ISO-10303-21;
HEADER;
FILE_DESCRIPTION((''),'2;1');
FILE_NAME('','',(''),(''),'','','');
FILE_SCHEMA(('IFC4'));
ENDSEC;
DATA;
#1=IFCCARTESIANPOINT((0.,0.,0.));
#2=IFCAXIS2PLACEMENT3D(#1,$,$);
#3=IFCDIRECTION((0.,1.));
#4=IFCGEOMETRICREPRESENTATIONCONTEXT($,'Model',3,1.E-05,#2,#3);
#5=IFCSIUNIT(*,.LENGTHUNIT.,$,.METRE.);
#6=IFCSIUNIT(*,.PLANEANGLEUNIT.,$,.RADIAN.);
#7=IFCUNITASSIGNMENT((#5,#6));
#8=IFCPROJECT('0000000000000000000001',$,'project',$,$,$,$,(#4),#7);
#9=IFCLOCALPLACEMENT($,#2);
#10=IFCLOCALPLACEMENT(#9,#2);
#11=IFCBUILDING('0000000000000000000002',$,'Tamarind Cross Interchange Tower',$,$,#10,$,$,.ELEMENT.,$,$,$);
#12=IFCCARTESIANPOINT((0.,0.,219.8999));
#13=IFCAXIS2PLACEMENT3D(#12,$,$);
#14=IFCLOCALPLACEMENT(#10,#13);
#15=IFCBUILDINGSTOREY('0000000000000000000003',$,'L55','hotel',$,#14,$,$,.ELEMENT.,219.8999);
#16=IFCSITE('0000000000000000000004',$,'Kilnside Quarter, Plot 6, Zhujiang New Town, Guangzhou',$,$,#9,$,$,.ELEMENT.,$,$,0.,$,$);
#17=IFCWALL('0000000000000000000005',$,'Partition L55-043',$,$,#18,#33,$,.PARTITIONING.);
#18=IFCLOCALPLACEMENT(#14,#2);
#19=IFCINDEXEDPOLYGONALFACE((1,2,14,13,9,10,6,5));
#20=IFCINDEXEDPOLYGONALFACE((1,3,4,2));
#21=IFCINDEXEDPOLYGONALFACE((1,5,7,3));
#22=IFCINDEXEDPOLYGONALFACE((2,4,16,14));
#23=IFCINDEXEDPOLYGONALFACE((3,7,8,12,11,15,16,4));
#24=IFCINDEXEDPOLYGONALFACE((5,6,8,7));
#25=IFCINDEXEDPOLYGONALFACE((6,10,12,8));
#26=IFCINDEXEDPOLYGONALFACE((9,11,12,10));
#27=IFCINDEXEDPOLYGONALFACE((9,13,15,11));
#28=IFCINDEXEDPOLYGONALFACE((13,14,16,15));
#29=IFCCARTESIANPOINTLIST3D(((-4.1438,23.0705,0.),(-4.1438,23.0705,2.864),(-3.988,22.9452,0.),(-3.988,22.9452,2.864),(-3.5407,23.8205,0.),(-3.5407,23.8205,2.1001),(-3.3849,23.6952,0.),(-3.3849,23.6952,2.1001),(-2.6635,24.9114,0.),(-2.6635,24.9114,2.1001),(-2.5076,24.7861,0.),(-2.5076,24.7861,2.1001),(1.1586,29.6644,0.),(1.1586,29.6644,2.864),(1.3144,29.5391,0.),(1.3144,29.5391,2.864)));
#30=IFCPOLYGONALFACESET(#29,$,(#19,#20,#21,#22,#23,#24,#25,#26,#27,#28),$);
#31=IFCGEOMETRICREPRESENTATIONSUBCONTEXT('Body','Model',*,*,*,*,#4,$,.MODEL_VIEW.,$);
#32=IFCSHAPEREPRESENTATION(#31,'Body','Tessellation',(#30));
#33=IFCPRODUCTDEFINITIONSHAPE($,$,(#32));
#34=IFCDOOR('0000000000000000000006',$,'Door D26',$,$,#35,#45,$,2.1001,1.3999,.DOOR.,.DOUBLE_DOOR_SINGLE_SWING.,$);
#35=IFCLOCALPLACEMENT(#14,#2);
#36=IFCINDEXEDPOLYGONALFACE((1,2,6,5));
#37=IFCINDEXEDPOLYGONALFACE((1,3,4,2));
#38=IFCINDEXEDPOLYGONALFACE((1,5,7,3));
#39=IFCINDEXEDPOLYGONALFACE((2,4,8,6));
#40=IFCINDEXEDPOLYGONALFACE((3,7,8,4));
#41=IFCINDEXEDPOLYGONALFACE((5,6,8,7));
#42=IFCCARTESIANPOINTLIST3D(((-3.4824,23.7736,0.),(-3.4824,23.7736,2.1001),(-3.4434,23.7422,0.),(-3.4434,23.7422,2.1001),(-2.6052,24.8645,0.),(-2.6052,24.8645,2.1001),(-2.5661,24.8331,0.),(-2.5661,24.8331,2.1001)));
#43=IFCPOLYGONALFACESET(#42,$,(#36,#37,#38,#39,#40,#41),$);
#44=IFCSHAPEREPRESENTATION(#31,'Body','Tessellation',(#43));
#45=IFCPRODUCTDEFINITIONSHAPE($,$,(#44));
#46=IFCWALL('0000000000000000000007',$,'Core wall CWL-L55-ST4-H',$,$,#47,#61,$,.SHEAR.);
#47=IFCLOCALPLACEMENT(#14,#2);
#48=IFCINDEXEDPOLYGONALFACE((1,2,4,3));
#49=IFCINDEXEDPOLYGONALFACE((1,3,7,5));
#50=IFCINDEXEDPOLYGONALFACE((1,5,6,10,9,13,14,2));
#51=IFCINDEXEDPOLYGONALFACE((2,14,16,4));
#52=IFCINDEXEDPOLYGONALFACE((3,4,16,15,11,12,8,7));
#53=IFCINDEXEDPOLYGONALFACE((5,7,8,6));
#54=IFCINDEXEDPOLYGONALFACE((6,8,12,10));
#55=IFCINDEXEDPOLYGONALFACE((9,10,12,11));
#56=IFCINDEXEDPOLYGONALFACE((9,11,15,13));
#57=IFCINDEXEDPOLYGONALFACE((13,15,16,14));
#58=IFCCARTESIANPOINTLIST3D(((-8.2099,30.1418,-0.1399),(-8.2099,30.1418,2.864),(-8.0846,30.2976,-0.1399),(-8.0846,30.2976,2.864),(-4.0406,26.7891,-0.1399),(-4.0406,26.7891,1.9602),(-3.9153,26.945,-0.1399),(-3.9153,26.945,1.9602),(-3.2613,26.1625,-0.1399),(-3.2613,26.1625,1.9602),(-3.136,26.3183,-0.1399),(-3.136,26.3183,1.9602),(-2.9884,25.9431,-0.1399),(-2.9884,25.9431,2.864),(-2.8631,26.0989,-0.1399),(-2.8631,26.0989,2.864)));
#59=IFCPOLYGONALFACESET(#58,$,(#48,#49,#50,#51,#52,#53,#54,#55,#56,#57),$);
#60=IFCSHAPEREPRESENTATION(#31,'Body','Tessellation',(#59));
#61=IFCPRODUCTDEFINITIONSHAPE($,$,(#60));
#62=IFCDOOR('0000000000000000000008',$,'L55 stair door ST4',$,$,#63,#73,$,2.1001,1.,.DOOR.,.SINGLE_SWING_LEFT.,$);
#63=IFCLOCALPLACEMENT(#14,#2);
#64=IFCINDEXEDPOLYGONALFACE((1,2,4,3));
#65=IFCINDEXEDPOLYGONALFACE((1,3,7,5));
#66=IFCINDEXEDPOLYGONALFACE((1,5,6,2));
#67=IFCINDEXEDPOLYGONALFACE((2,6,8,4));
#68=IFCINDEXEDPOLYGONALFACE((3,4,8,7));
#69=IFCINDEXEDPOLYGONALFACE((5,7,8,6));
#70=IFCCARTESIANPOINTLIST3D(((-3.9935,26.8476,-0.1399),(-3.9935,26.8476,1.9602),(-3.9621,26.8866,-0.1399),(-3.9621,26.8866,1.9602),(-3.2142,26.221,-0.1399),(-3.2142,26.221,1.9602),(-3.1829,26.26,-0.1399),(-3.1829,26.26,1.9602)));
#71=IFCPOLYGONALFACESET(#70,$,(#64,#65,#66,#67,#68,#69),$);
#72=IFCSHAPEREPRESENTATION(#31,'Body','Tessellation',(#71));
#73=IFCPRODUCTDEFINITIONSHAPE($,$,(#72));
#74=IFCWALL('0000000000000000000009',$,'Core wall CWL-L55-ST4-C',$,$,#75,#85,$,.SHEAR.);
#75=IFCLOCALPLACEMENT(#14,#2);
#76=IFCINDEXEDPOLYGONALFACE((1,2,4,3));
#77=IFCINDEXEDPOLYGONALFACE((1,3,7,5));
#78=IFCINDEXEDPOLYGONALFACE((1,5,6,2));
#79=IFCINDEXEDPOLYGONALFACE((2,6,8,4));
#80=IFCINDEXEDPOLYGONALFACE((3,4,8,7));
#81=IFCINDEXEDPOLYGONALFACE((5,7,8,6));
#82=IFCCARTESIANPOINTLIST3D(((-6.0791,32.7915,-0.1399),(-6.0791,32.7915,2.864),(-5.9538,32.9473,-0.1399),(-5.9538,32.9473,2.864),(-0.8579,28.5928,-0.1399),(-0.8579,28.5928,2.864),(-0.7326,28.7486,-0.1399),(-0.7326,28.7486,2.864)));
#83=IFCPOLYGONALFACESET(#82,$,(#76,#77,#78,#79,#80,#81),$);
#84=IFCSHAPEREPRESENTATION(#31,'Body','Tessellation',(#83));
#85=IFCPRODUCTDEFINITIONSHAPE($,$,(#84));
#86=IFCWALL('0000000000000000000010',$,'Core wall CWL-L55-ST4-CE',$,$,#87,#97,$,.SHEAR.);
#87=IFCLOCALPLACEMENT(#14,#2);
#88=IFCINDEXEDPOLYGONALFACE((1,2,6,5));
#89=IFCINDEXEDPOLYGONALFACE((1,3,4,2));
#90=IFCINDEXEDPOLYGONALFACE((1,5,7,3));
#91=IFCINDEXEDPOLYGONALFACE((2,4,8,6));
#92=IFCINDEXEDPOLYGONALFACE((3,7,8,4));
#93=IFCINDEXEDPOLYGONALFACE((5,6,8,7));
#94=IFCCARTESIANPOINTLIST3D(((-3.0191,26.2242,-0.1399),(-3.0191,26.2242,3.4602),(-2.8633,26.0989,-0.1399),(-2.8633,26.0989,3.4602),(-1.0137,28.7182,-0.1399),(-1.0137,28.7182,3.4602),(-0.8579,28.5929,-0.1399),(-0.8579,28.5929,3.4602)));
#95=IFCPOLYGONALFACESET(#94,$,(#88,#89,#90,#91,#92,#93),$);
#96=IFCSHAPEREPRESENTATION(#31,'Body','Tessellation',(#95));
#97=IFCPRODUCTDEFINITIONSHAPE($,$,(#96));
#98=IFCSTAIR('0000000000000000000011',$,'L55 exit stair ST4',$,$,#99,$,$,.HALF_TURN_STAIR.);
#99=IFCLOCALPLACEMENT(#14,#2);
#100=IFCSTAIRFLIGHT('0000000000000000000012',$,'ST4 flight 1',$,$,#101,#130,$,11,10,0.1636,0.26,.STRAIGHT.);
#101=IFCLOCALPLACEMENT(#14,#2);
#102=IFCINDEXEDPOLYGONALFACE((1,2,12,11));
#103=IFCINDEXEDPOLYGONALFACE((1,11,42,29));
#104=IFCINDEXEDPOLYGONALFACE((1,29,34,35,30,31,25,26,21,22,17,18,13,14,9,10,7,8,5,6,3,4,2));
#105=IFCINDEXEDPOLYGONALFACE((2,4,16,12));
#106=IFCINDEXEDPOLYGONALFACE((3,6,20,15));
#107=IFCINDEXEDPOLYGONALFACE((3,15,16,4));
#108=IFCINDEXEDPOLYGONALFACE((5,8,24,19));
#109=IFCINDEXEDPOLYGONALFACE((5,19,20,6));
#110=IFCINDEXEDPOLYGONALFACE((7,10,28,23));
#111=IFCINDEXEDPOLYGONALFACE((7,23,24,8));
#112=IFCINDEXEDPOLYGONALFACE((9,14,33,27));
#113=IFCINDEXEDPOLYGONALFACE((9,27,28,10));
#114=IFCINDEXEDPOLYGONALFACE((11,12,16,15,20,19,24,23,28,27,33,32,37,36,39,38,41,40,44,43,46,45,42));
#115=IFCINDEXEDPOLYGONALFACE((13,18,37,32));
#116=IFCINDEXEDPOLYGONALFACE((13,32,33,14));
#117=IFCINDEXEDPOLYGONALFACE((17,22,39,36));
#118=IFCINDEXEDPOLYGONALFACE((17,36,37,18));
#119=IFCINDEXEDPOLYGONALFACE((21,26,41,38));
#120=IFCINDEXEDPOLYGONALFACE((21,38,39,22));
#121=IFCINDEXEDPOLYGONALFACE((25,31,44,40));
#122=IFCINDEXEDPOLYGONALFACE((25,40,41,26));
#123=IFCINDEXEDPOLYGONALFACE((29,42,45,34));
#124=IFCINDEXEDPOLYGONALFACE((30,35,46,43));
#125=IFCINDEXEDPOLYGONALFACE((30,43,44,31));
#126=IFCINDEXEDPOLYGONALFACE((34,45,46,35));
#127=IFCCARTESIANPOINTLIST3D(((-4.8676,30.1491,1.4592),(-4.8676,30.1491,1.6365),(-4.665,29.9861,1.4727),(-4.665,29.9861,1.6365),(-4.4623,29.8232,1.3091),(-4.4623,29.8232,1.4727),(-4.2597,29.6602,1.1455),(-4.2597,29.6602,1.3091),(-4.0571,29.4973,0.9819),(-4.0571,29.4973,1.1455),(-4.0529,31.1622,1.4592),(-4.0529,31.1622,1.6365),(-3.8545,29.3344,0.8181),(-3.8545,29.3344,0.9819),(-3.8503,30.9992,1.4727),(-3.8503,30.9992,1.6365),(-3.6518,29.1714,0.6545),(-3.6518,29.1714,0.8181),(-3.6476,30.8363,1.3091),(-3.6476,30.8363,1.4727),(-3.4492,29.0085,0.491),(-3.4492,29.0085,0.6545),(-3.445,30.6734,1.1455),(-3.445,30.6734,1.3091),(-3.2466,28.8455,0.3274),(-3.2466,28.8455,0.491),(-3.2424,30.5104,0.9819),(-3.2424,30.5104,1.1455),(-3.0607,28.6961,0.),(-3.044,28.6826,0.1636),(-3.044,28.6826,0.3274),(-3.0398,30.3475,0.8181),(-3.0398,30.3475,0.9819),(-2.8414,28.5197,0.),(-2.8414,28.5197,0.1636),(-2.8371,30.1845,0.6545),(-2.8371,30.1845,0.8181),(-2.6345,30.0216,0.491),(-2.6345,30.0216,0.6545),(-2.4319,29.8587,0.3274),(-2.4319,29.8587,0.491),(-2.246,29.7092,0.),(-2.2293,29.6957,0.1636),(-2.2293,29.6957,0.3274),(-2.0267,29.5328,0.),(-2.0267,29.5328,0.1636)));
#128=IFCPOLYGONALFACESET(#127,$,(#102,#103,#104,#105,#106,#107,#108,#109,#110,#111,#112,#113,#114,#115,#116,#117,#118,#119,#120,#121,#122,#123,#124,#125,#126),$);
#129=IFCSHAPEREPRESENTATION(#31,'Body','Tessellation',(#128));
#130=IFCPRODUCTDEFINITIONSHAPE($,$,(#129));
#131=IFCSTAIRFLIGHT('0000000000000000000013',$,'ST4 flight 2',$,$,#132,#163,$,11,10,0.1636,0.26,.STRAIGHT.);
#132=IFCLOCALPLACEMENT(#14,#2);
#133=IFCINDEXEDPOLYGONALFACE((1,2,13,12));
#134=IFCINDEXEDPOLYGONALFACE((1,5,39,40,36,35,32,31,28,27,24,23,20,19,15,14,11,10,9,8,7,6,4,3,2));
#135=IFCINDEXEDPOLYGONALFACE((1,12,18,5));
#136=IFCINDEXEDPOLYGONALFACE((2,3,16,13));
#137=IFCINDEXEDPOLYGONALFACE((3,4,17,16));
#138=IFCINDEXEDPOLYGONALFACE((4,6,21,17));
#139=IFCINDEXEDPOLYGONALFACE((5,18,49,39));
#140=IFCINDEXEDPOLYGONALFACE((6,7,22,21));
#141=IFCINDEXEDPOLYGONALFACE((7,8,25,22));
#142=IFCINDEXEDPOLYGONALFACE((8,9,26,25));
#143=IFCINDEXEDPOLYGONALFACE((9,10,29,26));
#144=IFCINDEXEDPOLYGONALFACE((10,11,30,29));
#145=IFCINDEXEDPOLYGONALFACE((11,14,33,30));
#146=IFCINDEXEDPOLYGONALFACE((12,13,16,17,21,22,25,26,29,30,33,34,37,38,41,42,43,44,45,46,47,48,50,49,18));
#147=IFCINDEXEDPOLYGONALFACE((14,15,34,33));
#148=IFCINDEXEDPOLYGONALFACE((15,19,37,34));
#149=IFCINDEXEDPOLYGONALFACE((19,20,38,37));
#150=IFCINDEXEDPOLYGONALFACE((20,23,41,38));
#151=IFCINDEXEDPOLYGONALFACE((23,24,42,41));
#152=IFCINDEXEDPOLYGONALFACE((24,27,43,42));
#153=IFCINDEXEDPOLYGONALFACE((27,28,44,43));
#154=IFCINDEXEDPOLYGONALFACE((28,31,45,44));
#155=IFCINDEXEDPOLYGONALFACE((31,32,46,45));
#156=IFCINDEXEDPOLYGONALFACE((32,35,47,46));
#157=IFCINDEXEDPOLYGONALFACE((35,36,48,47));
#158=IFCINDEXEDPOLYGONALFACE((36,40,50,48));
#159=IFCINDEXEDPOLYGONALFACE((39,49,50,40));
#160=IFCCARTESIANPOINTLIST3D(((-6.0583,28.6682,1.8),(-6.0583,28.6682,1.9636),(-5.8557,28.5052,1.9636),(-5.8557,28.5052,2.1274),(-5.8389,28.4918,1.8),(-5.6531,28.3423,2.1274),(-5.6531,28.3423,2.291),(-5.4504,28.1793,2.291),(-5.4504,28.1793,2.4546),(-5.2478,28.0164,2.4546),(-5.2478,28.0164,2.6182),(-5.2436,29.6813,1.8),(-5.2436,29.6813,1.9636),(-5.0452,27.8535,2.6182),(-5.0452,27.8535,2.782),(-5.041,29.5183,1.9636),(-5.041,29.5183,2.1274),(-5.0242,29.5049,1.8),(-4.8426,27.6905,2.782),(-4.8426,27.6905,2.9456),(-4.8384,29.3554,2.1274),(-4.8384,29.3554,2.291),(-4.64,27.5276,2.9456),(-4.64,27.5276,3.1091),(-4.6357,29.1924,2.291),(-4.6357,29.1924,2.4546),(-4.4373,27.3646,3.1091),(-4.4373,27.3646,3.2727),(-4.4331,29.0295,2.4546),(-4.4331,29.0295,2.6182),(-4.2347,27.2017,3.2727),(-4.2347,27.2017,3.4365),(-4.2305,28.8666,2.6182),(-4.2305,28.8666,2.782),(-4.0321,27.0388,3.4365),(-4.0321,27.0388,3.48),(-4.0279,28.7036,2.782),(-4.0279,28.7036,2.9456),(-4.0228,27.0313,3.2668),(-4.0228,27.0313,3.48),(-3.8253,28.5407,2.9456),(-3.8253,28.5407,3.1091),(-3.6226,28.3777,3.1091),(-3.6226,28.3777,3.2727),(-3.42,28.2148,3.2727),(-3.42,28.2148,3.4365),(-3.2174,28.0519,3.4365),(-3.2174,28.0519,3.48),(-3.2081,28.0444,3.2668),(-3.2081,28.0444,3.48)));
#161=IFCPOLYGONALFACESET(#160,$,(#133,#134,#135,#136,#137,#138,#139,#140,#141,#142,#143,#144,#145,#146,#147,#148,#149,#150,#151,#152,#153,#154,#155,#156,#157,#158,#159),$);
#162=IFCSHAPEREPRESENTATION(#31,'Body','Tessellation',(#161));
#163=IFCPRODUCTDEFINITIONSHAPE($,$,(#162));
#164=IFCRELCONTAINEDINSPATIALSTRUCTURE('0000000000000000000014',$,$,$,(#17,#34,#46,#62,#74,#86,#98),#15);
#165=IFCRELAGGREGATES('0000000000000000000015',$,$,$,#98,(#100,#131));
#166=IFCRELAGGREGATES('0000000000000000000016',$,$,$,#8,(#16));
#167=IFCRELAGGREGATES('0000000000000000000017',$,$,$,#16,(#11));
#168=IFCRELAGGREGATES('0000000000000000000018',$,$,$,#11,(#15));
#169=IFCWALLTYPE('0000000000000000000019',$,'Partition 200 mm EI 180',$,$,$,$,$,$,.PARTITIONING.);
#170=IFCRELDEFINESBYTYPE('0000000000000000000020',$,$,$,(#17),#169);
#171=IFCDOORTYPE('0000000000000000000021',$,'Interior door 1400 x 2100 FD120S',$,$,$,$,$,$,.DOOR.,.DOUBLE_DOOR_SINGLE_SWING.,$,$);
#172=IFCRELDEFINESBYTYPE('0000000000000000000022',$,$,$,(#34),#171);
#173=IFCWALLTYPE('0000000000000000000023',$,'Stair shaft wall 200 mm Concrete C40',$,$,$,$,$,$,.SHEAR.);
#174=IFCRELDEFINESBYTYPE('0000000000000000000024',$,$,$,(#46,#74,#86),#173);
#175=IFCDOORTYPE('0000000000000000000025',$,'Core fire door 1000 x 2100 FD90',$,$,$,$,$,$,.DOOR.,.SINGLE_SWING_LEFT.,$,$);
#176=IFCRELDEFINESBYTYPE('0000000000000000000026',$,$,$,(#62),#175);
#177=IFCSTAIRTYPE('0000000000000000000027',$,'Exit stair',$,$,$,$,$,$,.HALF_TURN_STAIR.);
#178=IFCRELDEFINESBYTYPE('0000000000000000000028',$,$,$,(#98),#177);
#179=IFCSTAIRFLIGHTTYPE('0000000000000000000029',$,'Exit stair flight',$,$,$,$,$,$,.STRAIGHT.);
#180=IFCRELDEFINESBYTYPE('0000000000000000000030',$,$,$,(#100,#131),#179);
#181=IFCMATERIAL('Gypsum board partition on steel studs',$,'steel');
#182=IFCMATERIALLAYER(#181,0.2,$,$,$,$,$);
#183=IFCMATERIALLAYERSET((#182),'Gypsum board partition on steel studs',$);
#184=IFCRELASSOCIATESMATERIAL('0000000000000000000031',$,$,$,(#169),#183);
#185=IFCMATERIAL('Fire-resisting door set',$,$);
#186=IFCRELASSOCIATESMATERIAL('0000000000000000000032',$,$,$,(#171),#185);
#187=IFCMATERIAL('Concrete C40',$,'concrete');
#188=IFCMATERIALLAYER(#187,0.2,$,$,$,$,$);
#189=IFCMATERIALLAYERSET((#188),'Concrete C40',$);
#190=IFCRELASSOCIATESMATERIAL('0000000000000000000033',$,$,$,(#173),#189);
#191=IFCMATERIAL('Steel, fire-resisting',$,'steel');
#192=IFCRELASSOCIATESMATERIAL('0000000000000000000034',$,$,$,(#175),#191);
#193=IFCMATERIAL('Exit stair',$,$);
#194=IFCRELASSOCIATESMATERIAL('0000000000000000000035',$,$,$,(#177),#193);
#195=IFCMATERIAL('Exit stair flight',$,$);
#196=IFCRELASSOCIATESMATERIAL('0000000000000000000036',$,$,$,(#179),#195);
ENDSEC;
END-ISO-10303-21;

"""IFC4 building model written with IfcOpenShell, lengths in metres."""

from ifc_helpers import new_model, si_unit, direction, frame, frame_2d, origin, place, context, subcontext, project, spatial, polyline, rectangle, outline, extrude, material, layer, layer_set, type_object, element, fill, aggregate, save


model = new_model("IFC4")

# Units and contexts
model_context = context("Model", 3, precision=1e-05, world=origin(), true_north=direction((0.0, 1.0)))
body_context = subcontext(model_context, "Body", "Model", "MODEL_VIEW")
ifc_project = project(units=[si_unit("LENGTHUNIT", "METRE"), si_unit("PLANEANGLEUNIT", "RADIAN")], contexts=[model_context])

# Site, building, storey
site_placement = place(None, origin())
site = spatial("IfcSite", under=ifc_project, at=site_placement, Name="Kilnside Quarter, Plot 6, Zhujiang New Town, Guangzhou", CompositionType="ELEMENT", RefElevation=0.0)
building_placement = place(site_placement, origin())
building = spatial("IfcBuilding", under=site, at=building_placement, Name="Tamarind Cross Interchange Tower", CompositionType="ELEMENT")
storey_placement = place(building_placement, frame((0.0, 0.0, 219.8999)))
storey = spatial("IfcBuildingStorey", under=building, at=storey_placement, Name="L55", Description="hotel", CompositionType="ELEMENT", Elevation=219.8999)

# Shared definitions
ifc_material_1 = material(Name="Gypsum board partition on steel studs", Category="steel")

# Shared definitions
ifc_material_2 = material(Name="Fire-resisting door set")

# Walls, openings, doors
ifc_layer_1 = layer(ifc_material_1, 0.2)
ifc_layer_set_1 = layer_set([ifc_layer_1], Name="Gypsum board partition on steel studs")
wall_type_1 = type_object("IfcWallType", Name="Partition 200 mm EI 180", PredefinedType="PARTITIONING", material=ifc_layer_set_1)
wall_1_placement = place(storey_placement, frame((-4.0659, 23.0078, 0.0), z_axis=(0.0, 0.0, 1.0), x_axis=(0.62666, 0.779293, 0.0)))
wall_1 = element("IfcWall", 1, at=wall_1_placement, inside=storey, type_object=wall_type_1, Name="Partition L55-043", PredefinedType="PARTITIONING", context=body_context, shape_type="SweptSolid", body=[
    extrude(rectangle(XDim=8.4614, YDim=0.2, at=frame_2d((4.2307, 0.0))), origin(), (0.0, 0.0, 1.0), 2.864),
])
opening_1_placement = place(wall_1_placement, frame((0.9624, 0.0, 0.0)))
opening_1 = element("IfcOpeningElement", 2, at=opening_1_placement, cuts=wall_1, PredefinedType="OPENING", context=body_context, shape_type="SweptSolid", body=[
    extrude(rectangle(XDim=1.3999, YDim=2.1001, at=frame_2d((0.7, 1.05))), frame((0.0, 0.1099, 0.0), z_axis=(0.0, -1.0, 0.0), x_axis=(1.0, 0.0, 0.0)), (0.0, 0.0, 1.0), 0.22),
])
door_type_1 = type_object("IfcDoorType", Name="Interior door 1400 x 2100 FD120S", OperationType="DOUBLE_DOOR_SINGLE_SWING", PredefinedType="DOOR", material=ifc_material_2)
door_1_placement = place(opening_1_placement, frame((1.3999, 0.0, 0.0), z_axis=(0.0, 0.0, 1.0), x_axis=(-1.0, 0.0, 0.0)))
door_1 = element("IfcDoor", 3, at=door_1_placement, inside=storey, type_object=door_type_1, Name="Door D26", OperationType="DOUBLE_DOOR_SINGLE_SWING", OverallHeight=2.1001, OverallWidth=1.3999, PredefinedType="DOOR", context=body_context, shape_type="SweptSolid", body=[
    extrude(rectangle(XDim=1.3999, YDim=2.1001, at=frame_2d((0.7, 1.05))), frame((0.0, 0.0249, 0.0), z_axis=(0.0, -1.0, 0.0), x_axis=(1.0, 0.0, 0.0)), (0.0, 0.0, 1.0), 0.05),
])
fill(opening_1, door_1)
ifc_material_3 = material(Name="Concrete C40", Category="concrete")
ifc_layer_2 = layer(ifc_material_3, 0.2)
ifc_layer_set_2 = layer_set([ifc_layer_2], Name="Concrete C40")
wall_type_2 = type_object("IfcWallType", Name="Stair shaft wall 200 mm Concrete C40", PredefinedType="SHEAR", material=ifc_layer_set_2)
wall_2_placement = place(storey_placement, frame((-2.9258, 26.021, -0.1399), z_axis=(0.0, 0.0, 1.0), x_axis=(-0.779295, 0.626657, 0.0)))
wall_2 = element("IfcWall", 4, at=wall_2_placement, inside=storey, type_object=wall_type_2, Name="Core wall CWL-L55-ST4-H", PredefinedType="SHEAR", context=body_context, shape_type="SweptSolid", body=[
    extrude(rectangle(XDim=6.7002, YDim=0.2, at=frame_2d((3.3501, 0.0))), origin(), (0.0, 0.0, 1.0), 3.0039),
])
opening_2_placement = place(wall_2_placement, frame((0.3501, 0.0, 0.0)))
opening_2 = element("IfcOpeningElement", 5, at=opening_2_placement, cuts=wall_2, PredefinedType="OPENING", context=body_context, shape_type="SweptSolid", body=[
    extrude(rectangle(XDim=1.0, YDim=2.1001, at=frame_2d((0.5, 1.05))), frame((0.0, 0.1099, 0.0), z_axis=(0.0, -1.0, 0.0), x_axis=(1.0, 0.0, 0.0)), (0.0, 0.0, 1.0), 0.22),
])
ifc_material_4 = material(Name="Steel, fire-resisting", Category="steel")
door_type_2 = type_object("IfcDoorType", Name="Core fire door 1000 x 2100 FD90", OperationType="SINGLE_SWING_LEFT", PredefinedType="DOOR", material=ifc_material_4)
door_2_placement = place(opening_2_placement, origin())
door_2 = element("IfcDoor", 6, at=door_2_placement, inside=storey, type_object=door_type_2, Name="L55 stair door ST4", OperationType="SINGLE_SWING_LEFT", OverallHeight=2.1001, OverallWidth=1.0, PredefinedType="DOOR", context=body_context, shape_type="SweptSolid", body=[
    extrude(rectangle(XDim=1.0, YDim=2.1001, at=frame_2d((0.5, 1.05))), frame((0.0, 0.0249, 0.0), z_axis=(0.0, -1.0, 0.0), x_axis=(1.0, 0.0, 0.0)), (0.0, 0.0, 1.0), 0.05),
])
fill(opening_2, door_2)

# Walls
wall_3_placement = place(storey_placement, frame((-0.7952, 28.6707, -0.1399), z_axis=(0.0, 0.0, 1.0), x_axis=(-0.779281, 0.626675, 0.0)))
element("IfcWall", 7, at=wall_3_placement, inside=storey, type_object=wall_type_2, Name="Core wall CWL-L55-ST4-C", PredefinedType="SHEAR", context=body_context, shape_type="SweptSolid", body=[
    extrude(rectangle(XDim=6.7, YDim=0.2, at=frame_2d((3.3501, 0.0))), origin(), (0.0, 0.0, 1.0), 3.0039),
])
wall_4_placement = place(storey_placement, frame((-0.9358, 28.6555, -0.1399), z_axis=(0.0, 0.0, 1.0), x_axis=(-0.626647, -0.779303, 0.0)))
element("IfcWall", 8, at=wall_4_placement, inside=storey, type_object=wall_type_2, Name="Core wall CWL-L55-ST4-CE", PredefinedType="SHEAR", context=body_context, shape_type="SweptSolid", body=[
    extrude(rectangle(XDim=3.2002, YDim=0.2, at=frame_2d((1.6001, 0.0))), origin(), (0.0, 0.0, 1.0), 3.6001),
])

# Stair, stair flights
ifc_material_5 = material(Name="Exit stair")
stair_type = type_object("IfcStairType", Name="Exit stair", PredefinedType="HALF_TURN_STAIR", material=ifc_material_5)
stair_placement = place(storey_placement, origin())
stair = element("IfcStair", 9, at=stair_placement, inside=storey, type_object=stair_type, Name="L55 exit stair ST4", PredefinedType="HALF_TURN_STAIR")
ifc_material_6 = material(Name="Exit stair flight")
stair_flight_type = type_object("IfcStairFlightType", Name="Exit stair flight", PredefinedType="STRAIGHT", material=ifc_material_6)
stair_flight_1_placement = place(storey_placement, frame((-2.4341, 29.0261, 0.0), z_axis=(0.0, 0.0, 1.0), x_axis=(-0.779285, 0.626669, 0.0)))
stair_flight_1 = element("IfcStairFlight", 10, at=stair_flight_1_placement, type_object=stair_flight_type, Name="ST4 flight 1", NumberOfRisers=11, NumberOfTreads=10, PredefinedType="STRAIGHT", RiserHeight=0.1636, TreadLength=0.26, context=body_context, shape_type="SweptSolid", body=[
    extrude(outline(polyline([(0.0, 0.0), (0.0, 0.1636), (0.26, 0.1636), (0.26, 0.3274), (0.52, 0.3274), (0.52, 0.491), (0.78, 0.491), (0.78, 0.6545), (1.04, 0.6545), (1.04, 0.8181), (1.3, 0.8181), (1.3, 0.9819), (1.5601, 0.9819), (1.5601, 1.1455), (1.8201, 1.1455), (1.8201, 1.3091), (2.0801, 1.3091), (2.0801, 1.4727), (2.3401, 1.4727), (2.3401, 1.6365), (2.6001, 1.6365), (2.6001, 1.8), (2.6001, 1.4592), (0.2815, 0.0), (0.0, 0.0)])), frame((0.0, 0.6499, 0.0), z_axis=(0.0, -1.0, 0.0), x_axis=(1.0, 0.0, 0.0)), (0.0, 0.0, 1.0), 1.3),
])
stair_flight_2_placement = place(storey_placement, frame((-5.6509, 29.1748, 1.8), z_axis=(0.0, 0.0, 1.0), x_axis=(0.779285, -0.626669, 0.0)))
stair_flight_2 = element("IfcStairFlight", 11, at=stair_flight_2_placement, type_object=stair_flight_type, Name="ST4 flight 2", NumberOfRisers=11, NumberOfTreads=10, PredefinedType="STRAIGHT", RiserHeight=0.1636, TreadLength=0.26, context=body_context, shape_type="SweptSolid", body=[
    extrude(outline(polyline([(0.0, 0.0), (0.0, 0.1636), (0.26, 0.1636), (0.26, 0.3274), (0.52, 0.3274), (0.52, 0.491), (0.78, 0.491), (0.78, 0.6545), (1.04, 0.6545), (1.04, 0.8181), (1.3, 0.8181), (1.3, 0.9819), (1.5601, 0.9819), (1.5601, 1.1455), (1.8201, 1.1455), (1.8201, 1.3091), (2.0801, 1.3091), (2.0801, 1.4727), (2.3401, 1.4727), (2.3401, 1.6365), (2.6001, 1.6365), (2.6001, 1.6799), (2.6121, 1.6799), (2.6121, 1.4668), (0.2815, 0.0), (0.0, 0.0)])), frame((0.0, 0.6499, 0.0), z_axis=(0.0, -1.0, 0.0), x_axis=(1.0, 0.0, 0.0)), (0.0, 0.0, 1.0), 1.3),
])
aggregate(stair, [stair_flight_1, stair_flight_2])

save(model, "model.ifc")
